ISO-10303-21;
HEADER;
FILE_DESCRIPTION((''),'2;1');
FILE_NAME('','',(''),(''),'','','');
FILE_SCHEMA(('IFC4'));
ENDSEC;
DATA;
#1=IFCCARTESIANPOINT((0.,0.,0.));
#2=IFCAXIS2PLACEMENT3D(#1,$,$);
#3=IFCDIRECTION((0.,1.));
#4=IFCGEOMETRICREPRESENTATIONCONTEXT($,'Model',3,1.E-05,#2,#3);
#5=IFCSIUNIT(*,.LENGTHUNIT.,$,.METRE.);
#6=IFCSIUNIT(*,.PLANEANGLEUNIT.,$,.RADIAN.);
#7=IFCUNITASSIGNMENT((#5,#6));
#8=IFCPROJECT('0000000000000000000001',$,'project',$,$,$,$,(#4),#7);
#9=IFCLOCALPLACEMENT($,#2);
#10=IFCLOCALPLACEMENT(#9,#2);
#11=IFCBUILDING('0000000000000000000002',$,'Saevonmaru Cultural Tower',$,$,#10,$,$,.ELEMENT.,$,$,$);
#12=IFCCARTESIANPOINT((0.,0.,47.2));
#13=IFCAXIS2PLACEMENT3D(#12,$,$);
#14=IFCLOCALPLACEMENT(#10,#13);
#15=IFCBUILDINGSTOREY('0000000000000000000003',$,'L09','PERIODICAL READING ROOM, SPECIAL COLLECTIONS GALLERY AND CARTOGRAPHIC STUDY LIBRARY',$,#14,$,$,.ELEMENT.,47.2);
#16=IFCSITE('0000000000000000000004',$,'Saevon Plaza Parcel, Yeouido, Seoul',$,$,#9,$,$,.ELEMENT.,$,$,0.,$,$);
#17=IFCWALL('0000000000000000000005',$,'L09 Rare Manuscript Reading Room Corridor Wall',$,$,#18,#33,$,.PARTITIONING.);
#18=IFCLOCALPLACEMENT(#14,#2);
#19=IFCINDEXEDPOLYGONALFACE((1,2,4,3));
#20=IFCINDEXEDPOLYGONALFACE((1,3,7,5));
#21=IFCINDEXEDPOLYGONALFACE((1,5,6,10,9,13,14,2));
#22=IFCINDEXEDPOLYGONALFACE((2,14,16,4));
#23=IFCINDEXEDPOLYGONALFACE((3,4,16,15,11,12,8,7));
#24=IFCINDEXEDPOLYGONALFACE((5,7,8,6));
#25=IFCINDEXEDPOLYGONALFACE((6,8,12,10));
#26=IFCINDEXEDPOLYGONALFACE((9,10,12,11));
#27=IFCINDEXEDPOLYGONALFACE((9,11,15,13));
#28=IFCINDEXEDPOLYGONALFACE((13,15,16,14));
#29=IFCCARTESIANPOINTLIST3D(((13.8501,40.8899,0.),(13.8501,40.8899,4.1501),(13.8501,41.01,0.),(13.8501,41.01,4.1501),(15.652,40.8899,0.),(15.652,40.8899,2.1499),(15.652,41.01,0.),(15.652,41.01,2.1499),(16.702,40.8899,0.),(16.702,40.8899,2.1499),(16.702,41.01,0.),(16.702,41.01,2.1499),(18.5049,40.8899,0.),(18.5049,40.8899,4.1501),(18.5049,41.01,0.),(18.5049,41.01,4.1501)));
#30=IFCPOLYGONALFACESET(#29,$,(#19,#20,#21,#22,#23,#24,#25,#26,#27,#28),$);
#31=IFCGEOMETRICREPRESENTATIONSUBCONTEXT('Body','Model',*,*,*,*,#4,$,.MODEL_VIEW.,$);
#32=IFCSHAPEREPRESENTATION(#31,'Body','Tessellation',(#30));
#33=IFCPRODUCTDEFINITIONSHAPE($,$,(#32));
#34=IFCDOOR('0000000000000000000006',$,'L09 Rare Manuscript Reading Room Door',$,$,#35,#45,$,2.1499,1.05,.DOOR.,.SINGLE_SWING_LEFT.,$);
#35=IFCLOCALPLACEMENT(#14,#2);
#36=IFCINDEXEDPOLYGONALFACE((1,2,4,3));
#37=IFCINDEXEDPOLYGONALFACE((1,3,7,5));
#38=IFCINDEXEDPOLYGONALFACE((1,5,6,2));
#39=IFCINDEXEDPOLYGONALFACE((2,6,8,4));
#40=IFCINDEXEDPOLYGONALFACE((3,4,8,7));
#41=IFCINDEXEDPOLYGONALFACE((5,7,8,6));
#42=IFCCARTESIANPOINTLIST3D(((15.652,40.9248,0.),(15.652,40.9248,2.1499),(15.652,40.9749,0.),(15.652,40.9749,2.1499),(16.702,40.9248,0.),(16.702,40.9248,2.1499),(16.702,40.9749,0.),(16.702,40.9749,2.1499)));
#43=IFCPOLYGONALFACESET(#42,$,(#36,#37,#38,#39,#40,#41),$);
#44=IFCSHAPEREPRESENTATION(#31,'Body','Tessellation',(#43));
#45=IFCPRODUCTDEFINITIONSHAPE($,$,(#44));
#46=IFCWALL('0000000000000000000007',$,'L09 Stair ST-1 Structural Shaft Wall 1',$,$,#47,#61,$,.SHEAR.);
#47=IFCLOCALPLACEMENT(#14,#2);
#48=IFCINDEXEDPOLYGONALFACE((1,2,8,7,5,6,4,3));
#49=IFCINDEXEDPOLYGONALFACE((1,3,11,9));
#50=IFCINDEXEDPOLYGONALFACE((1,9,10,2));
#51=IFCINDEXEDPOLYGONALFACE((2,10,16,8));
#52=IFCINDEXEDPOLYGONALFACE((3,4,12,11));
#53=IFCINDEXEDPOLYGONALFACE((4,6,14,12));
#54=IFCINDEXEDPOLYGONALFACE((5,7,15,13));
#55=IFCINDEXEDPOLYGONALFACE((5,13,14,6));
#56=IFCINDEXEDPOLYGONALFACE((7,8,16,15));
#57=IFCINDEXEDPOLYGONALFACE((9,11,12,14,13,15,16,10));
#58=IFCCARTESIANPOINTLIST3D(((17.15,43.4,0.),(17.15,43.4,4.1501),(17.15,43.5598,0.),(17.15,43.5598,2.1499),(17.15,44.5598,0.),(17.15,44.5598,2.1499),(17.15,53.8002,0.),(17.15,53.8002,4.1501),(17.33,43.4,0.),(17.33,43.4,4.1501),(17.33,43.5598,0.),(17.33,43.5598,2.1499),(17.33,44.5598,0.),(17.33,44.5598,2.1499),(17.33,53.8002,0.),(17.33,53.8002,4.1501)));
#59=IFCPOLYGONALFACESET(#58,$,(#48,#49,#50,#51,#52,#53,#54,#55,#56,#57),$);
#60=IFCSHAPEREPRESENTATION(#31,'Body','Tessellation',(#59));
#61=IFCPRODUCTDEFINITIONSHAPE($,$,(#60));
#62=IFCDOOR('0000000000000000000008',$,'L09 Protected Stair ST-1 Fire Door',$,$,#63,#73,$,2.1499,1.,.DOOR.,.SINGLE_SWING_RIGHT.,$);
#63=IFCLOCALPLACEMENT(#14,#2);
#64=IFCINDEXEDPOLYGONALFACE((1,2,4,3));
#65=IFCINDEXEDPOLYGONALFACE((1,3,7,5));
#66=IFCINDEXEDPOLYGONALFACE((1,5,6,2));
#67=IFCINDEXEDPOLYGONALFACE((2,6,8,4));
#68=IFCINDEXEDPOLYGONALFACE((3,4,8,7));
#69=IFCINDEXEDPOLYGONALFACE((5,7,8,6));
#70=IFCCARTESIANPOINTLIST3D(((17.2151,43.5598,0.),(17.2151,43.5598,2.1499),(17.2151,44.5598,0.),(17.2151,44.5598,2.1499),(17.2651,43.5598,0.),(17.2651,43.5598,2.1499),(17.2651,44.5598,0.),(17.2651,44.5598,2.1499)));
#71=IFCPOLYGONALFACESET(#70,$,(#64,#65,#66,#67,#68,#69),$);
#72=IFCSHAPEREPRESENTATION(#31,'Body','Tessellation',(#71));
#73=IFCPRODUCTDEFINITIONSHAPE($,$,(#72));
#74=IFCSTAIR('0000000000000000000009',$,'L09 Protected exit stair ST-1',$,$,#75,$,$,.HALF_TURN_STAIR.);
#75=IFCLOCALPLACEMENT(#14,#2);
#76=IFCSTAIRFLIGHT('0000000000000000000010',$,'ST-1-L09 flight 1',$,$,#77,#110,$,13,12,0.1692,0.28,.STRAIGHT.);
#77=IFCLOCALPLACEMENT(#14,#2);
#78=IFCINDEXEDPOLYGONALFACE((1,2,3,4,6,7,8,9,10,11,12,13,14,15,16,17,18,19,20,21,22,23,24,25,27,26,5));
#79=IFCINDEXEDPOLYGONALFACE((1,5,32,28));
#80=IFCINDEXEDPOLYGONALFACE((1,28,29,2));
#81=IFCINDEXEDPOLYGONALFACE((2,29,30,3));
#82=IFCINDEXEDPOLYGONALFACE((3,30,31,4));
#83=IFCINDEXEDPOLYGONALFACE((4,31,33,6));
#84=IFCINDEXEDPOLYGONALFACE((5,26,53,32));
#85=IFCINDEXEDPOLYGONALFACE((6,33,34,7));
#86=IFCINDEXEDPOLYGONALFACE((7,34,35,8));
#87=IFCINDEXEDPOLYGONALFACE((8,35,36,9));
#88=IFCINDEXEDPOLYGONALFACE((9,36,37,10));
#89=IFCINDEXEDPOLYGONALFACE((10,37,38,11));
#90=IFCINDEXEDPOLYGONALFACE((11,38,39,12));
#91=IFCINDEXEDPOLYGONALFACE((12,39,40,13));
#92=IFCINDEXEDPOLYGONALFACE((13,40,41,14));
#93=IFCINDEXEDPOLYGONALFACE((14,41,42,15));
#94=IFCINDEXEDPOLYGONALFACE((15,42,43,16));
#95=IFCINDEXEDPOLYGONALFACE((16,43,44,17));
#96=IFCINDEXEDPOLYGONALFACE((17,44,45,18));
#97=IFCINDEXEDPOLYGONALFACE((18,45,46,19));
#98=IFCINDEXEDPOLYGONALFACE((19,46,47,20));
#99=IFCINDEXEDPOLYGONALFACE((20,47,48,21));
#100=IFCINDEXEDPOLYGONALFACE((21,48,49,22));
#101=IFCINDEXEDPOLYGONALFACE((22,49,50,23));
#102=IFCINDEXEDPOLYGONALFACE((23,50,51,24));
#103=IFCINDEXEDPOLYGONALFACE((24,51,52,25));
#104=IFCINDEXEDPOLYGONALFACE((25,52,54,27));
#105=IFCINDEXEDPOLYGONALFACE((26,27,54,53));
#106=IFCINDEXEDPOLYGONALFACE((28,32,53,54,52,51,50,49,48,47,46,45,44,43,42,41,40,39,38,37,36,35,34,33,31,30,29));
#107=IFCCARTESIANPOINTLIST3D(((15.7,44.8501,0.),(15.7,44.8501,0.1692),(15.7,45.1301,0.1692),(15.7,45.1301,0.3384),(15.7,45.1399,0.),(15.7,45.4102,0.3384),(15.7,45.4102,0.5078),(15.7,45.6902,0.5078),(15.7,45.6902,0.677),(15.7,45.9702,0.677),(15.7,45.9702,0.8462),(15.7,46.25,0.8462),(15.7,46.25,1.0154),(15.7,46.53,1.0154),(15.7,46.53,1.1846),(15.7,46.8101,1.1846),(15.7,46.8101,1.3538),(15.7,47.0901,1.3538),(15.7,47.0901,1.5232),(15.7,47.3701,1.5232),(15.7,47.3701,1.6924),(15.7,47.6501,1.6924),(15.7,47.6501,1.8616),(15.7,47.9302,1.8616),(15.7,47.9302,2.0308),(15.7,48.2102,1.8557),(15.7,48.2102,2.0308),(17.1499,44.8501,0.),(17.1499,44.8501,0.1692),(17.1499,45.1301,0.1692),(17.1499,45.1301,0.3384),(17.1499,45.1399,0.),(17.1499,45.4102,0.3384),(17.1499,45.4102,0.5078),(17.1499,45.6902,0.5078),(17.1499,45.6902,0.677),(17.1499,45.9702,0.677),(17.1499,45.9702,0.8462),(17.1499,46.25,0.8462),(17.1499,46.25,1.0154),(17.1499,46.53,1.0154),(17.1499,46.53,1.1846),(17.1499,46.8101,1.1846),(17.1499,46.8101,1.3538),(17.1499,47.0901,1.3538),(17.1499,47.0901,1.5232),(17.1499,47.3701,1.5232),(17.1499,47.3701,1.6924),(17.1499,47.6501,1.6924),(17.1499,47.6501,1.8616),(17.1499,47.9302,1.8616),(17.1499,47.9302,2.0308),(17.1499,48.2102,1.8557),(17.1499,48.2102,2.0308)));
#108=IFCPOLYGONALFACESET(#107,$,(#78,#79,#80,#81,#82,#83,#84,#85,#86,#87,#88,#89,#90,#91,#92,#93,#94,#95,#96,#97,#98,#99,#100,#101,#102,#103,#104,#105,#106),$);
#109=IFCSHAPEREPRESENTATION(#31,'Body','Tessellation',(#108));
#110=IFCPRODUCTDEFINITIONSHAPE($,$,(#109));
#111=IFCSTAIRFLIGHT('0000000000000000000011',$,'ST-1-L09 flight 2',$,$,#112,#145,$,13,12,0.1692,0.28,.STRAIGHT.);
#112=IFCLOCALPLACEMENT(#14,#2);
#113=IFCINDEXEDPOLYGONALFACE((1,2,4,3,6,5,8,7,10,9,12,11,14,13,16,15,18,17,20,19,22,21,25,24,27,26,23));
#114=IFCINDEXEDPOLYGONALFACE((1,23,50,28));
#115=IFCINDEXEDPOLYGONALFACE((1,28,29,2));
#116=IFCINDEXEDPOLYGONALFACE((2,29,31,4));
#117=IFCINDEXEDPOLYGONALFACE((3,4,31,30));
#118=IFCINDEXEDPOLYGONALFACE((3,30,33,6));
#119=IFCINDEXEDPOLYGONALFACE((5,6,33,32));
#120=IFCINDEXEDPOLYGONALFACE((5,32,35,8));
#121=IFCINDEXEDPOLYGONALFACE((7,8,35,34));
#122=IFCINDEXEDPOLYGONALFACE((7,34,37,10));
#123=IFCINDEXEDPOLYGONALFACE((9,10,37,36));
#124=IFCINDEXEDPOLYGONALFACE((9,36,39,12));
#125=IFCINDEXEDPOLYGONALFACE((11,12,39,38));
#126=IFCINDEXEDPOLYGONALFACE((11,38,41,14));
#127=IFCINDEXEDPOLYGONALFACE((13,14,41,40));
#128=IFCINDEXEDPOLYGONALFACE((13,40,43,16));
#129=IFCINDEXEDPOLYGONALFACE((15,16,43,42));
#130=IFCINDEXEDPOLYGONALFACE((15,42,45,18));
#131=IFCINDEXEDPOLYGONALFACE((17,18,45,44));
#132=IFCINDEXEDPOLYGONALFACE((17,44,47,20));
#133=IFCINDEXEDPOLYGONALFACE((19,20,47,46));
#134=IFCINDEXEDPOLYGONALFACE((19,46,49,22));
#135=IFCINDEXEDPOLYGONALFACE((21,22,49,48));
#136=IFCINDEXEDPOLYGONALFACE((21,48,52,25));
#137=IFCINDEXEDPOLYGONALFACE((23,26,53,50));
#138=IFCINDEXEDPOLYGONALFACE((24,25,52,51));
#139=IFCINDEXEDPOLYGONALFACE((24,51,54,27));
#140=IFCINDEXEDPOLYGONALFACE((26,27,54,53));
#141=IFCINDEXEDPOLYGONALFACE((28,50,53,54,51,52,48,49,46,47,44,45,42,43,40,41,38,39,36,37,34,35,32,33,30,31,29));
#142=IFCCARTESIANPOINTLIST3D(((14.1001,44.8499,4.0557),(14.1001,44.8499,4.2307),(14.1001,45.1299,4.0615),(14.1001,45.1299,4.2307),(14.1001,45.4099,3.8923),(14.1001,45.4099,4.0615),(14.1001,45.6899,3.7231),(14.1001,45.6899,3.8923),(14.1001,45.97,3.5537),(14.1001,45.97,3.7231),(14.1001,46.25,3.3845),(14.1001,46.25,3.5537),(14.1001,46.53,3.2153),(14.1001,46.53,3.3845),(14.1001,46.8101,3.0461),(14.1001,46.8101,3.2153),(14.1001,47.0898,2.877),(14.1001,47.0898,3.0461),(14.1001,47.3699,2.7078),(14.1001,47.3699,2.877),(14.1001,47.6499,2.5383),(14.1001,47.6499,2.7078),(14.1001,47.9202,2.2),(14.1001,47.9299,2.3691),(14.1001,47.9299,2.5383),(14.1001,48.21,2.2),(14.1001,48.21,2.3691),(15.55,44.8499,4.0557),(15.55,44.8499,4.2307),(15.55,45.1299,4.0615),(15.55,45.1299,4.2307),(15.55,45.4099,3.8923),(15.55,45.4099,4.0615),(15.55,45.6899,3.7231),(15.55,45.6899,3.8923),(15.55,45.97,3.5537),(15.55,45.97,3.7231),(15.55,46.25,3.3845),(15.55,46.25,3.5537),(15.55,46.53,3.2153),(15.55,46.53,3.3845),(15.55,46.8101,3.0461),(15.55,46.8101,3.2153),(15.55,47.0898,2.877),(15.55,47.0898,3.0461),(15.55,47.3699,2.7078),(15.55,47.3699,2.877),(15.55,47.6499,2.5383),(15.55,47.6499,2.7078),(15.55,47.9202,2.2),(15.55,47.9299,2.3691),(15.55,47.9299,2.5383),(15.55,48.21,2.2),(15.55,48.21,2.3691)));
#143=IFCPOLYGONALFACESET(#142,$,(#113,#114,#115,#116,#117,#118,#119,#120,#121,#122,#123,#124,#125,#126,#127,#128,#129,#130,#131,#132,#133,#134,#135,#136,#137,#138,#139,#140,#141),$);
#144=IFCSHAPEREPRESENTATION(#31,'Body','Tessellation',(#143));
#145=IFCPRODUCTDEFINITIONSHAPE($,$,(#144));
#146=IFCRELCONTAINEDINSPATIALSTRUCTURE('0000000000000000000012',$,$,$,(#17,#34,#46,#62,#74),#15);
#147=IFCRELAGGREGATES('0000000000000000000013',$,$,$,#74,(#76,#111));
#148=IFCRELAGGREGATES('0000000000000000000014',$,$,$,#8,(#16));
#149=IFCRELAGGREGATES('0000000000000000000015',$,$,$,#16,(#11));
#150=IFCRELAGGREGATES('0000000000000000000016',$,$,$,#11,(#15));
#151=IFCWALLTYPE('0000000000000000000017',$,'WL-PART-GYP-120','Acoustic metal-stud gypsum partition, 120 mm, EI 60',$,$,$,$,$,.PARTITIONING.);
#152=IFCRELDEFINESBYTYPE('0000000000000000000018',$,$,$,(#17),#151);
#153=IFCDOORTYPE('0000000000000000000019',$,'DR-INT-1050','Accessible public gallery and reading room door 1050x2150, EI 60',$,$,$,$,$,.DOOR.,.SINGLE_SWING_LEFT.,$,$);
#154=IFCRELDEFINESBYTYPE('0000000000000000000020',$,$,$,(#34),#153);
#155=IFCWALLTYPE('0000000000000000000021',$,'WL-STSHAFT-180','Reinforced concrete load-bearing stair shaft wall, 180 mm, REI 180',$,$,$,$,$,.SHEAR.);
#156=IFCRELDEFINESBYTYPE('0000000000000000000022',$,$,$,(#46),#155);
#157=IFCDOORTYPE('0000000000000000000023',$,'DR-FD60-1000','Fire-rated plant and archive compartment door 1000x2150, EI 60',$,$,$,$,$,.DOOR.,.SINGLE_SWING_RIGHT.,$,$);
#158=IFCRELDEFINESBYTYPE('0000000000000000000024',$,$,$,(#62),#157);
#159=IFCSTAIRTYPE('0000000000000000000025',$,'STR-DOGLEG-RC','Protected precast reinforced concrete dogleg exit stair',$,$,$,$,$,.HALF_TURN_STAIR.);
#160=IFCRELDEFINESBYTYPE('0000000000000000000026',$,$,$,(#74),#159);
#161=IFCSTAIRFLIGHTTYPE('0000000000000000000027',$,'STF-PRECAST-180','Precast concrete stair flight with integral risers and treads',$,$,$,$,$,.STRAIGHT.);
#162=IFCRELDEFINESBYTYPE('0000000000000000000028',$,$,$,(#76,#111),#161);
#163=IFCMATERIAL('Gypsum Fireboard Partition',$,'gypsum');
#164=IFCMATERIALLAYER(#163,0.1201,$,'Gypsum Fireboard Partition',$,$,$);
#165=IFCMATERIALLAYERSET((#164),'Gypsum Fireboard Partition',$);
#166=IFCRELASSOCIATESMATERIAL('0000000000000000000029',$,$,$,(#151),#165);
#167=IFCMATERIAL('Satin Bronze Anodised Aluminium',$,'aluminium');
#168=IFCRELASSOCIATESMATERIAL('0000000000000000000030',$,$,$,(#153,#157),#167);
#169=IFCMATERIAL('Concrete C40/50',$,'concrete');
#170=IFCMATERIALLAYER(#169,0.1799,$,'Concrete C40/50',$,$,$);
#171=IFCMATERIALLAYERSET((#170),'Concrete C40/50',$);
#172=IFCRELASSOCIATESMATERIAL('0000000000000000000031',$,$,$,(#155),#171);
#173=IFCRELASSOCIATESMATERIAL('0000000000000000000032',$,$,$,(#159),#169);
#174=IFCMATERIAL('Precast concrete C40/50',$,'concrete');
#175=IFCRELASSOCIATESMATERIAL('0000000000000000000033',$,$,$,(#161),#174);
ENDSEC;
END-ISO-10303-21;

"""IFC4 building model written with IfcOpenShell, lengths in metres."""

from ifc_helpers import new_model, si_unit, direction, frame, frame_2d, origin, place, context, subcontext, project, spatial, polyline, rectangle, outline, extrude, material, layer, layer_set, type_object, element, fill, aggregate, save


model = new_model("IFC4")

# Units and contexts
model_context = context("Model", 3, precision=1e-05, world=origin(), true_north=direction((0.0, 1.0)))
body_context = subcontext(model_context, "Body", "Model", "MODEL_VIEW")
ifc_project = project(units=[si_unit("LENGTHUNIT", "METRE"), si_unit("PLANEANGLEUNIT", "RADIAN")], contexts=[model_context])

# Site, building, storey
site_placement = place(None, origin())
site = spatial("IfcSite", under=ifc_project, at=site_placement, Name="Saevon Plaza Parcel, Yeouido, Seoul", CompositionType="ELEMENT", RefElevation=0.0)
building_placement = place(site_placement, origin())
building = spatial("IfcBuilding", under=site, at=building_placement, Name="Saevonmaru Cultural Tower", CompositionType="ELEMENT")
storey_placement = place(building_placement, frame((0.0, 0.0, 47.2)))
storey = spatial("IfcBuildingStorey", under=building, at=storey_placement, Name="L09", Description="PERIODICAL READING ROOM, SPECIAL COLLECTIONS GALLERY AND CARTOGRAPHIC STUDY LIBRARY", CompositionType="ELEMENT", Elevation=47.2)

# Shared definitions
ifc_material_1 = material(Name="Satin Bronze Anodised Aluminium", Category="aluminium")

# Shared definitions
ifc_material_2 = material(Name="Gypsum Fireboard Partition", Category="gypsum")

# Shared definitions
ifc_layer_1 = layer(ifc_material_2, 0.1201, Name="Gypsum Fireboard Partition")
ifc_layer_set_1 = layer_set([ifc_layer_1], Name="Gypsum Fireboard Partition")
wall_type_1 = type_object("IfcWallType", Name="WL-PART-GYP-120", Description="Acoustic metal-stud gypsum partition, 120 mm, EI 60", PredefinedType="PARTITIONING", material=ifc_layer_set_1)

# Walls, openings, doors
wall_1_placement = place(storey_placement, frame((13.8501, 40.95, 0.0), z_axis=(0.0, 0.0, 1.0), x_axis=(1.0, 0.0, 0.0)))
wall_1 = element("IfcWall", 1, at=wall_1_placement, inside=storey, type_object=wall_type_1, Name="L09 Rare Manuscript Reading Room Corridor Wall", PredefinedType="PARTITIONING", context=body_context, shape_type="SweptSolid", body=[
    extrude(rectangle(XDim=4.6548, YDim=0.1201, at=frame_2d((2.3274, 0.0))), origin(), (0.0, 0.0, 1.0), 4.1501),
])
opening_1_placement = place(wall_1_placement, frame((1.802, 0.0, 0.0)))
opening_1 = element("IfcOpeningElement", 2, at=opening_1_placement, cuts=wall_1, PredefinedType="OPENING", context=body_context, shape_type="SweptSolid", body=[
    extrude(rectangle(XDim=1.05, YDim=2.1499, at=frame_2d((0.5249, 1.075))), frame((0.0, 0.0701, 0.0), z_axis=(0.0, -1.0, 0.0), x_axis=(1.0, 0.0, 0.0)), (0.0, 0.0, 1.0), 0.1401),
])
door_type_1 = type_object("IfcDoorType", Name="DR-INT-1050", Description="Accessible public gallery and reading room door 1050x2150, EI 60", OperationType="SINGLE_SWING_LEFT", PredefinedType="DOOR", material=ifc_material_1)
door_1_placement = place(opening_1_placement, origin())
door_1 = element("IfcDoor", 3, at=door_1_placement, inside=storey, type_object=door_type_1, Name="L09 Rare Manuscript Reading Room Door", OperationType="SINGLE_SWING_LEFT", OverallHeight=2.1499, OverallWidth=1.05, PredefinedType="DOOR", context=body_context, shape_type="SweptSolid", body=[
    extrude(rectangle(XDim=1.05, YDim=2.1499, at=frame_2d((0.5249, 1.075))), frame((0.0, 0.0249, 0.0), z_axis=(0.0, -1.0, 0.0), x_axis=(1.0, 0.0, 0.0)), (0.0, 0.0, 1.0), 0.05),
])
fill(opening_1, door_1)
ifc_material_3 = material(Name="Concrete C40/50", Category="concrete")
ifc_layer_2 = layer(ifc_material_3, 0.1799, Name="Concrete C40/50")
ifc_layer_set_2 = layer_set([ifc_layer_2], Name="Concrete C40/50")
wall_type_2 = type_object("IfcWallType", Name="WL-STSHAFT-180", Description="Reinforced concrete load-bearing stair shaft wall, 180 mm, REI 180", PredefinedType="SHEAR", material=ifc_layer_set_2)
wall_2_placement = place(storey_placement, frame((17.24, 43.3999, 0.0), z_axis=(0.0, 0.0, 1.0), x_axis=(0.0, 1.0, 0.0)))
wall_2 = element("IfcWall", 4, at=wall_2_placement, inside=storey, type_object=wall_type_2, Name="L09 Stair ST-1 Structural Shaft Wall 1", PredefinedType="SHEAR", context=body_context, shape_type="SweptSolid", body=[
    extrude(rectangle(XDim=10.4001, YDim=0.1799, at=frame_2d((5.2002, 0.0))), origin(), (0.0, 0.0, 1.0), 4.1501),
])
opening_2_placement = place(wall_2_placement, frame((0.1599, 0.0, 0.0)))
opening_2 = element("IfcOpeningElement", 5, at=opening_2_placement, cuts=wall_2, PredefinedType="OPENING", context=body_context, shape_type="SweptSolid", body=[
    extrude(rectangle(XDim=1.0, YDim=2.1499, at=frame_2d((0.5, 1.075))), frame((0.0, 0.1001, 0.0), z_axis=(0.0, -1.0, 0.0), x_axis=(1.0, 0.0, 0.0)), (0.0, 0.0, 1.0), 0.2),
])
door_type_2 = type_object("IfcDoorType", Name="DR-FD60-1000", Description="Fire-rated plant and archive compartment door 1000x2150, EI 60", OperationType="SINGLE_SWING_RIGHT", PredefinedType="DOOR", material=ifc_material_1)
door_2_placement = place(opening_2_placement, origin())
door_2 = element("IfcDoor", 6, at=door_2_placement, inside=storey, type_object=door_type_2, Name="L09 Protected Stair ST-1 Fire Door", OperationType="SINGLE_SWING_RIGHT", OverallHeight=2.1499, OverallWidth=1.0, PredefinedType="DOOR", context=body_context, shape_type="SweptSolid", body=[
    extrude(rectangle(XDim=1.0, YDim=2.1499, at=frame_2d((0.5, 1.075))), frame((0.0, 0.0249, 0.0), z_axis=(0.0, -1.0, 0.0), x_axis=(1.0, 0.0, 0.0)), (0.0, 0.0, 1.0), 0.05),
])
fill(opening_2, door_2)

# Stair, stair flights
stair_type = type_object("IfcStairType", Name="STR-DOGLEG-RC", Description="Protected precast reinforced concrete dogleg exit stair", PredefinedType="HALF_TURN_STAIR", material=ifc_material_3)
stair_placement = place(storey_placement, origin())
stair = element("IfcStair", 7, at=stair_placement, inside=storey, type_object=stair_type, Name="L09 Protected exit stair ST-1", PredefinedType="HALF_TURN_STAIR")
ifc_material_4 = material(Name="Precast concrete C40/50", Category="concrete")
stair_flight_type = type_object("IfcStairFlightType", Name="STF-PRECAST-180", Description="Precast concrete stair flight with integral risers and treads", PredefinedType="STRAIGHT", material=ifc_material_4)
stair_flight_1_placement = place(storey_placement, frame((16.425, 44.8501, 0.0), z_axis=(0.0, 0.0, 1.0), x_axis=(0.0, 1.0, 0.0)))
stair_flight_1 = element("IfcStairFlight", 8, at=stair_flight_1_placement, type_object=stair_flight_type, Name="ST-1-L09 flight 1", NumberOfRisers=13, NumberOfTreads=12, PredefinedType="STRAIGHT", RiserHeight=0.1692, TreadLength=0.28, context=body_context, shape_type="SweptSolid", body=[
    extrude(outline(polyline([(0.0, 0.0), (0.0, 0.1692), (0.28, 0.1692), (0.28, 0.3384), (0.5601, 0.3384), (0.5601, 0.5078), (0.8401, 0.5078), (0.8401, 0.677), (1.1201, 0.677), (1.1201, 0.8462), (1.3999, 0.8462), (1.3999, 1.0154), (1.6799, 1.0154), (1.6799, 1.1846), (1.96, 1.1846), (1.96, 1.3538), (2.24, 1.3538), (2.24, 1.5232), (2.52, 1.5232), (2.52, 1.6924), (2.8, 1.6924), (2.8, 1.8616), (3.0801, 1.8616), (3.0801, 2.0308), (3.3601, 2.0308), (3.3601, 2.2), (3.3601, 1.8557), (0.2898, 0.0), (0.0, 0.0)])), frame((0.0, 0.7251, 0.0), z_axis=(0.0, -1.0, 0.0), x_axis=(1.0, 0.0, 0.0)), (0.0, 0.0, 1.0), 1.45),
])
stair_flight_2_placement = place(storey_placement, frame((14.825, 48.21, 2.2), z_axis=(0.0, 0.0, 1.0), x_axis=(0.0, -1.0, 0.0)))
stair_flight_2 = element("IfcStairFlight", 9, at=stair_flight_2_placement, type_object=stair_flight_type, Name="ST-1-L09 flight 2", NumberOfRisers=13, NumberOfTreads=12, PredefinedType="STRAIGHT", RiserHeight=0.1692, TreadLength=0.28, context=body_context, shape_type="SweptSolid", body=[
    extrude(outline(polyline([(0.0, 0.0), (0.0, 0.1692), (0.28, 0.1692), (0.28, 0.3384), (0.5601, 0.3384), (0.5601, 0.5078), (0.8401, 0.5078), (0.8401, 0.677), (1.1201, 0.677), (1.1201, 0.8462), (1.3999, 0.8462), (1.3999, 1.0154), (1.6799, 1.0154), (1.6799, 1.1846), (1.96, 1.1846), (1.96, 1.3538), (2.24, 1.3538), (2.24, 1.5232), (2.52, 1.5232), (2.52, 1.6924), (2.8, 1.6924), (2.8, 1.8616), (3.0801, 1.8616), (3.0801, 2.0308), (3.3601, 2.0308), (3.3601, 2.2), (3.3601, 1.8557), (0.2898, 0.0), (0.0, 0.0)])), frame((0.0, 0.7251, 0.0), z_axis=(0.0, -1.0, 0.0), x_axis=(1.0, 0.0, 0.0)), (0.0, 0.0, 1.0), 1.45),
])
aggregate(stair, [stair_flight_1, stair_flight_2])

save(model, "model.ifc")
